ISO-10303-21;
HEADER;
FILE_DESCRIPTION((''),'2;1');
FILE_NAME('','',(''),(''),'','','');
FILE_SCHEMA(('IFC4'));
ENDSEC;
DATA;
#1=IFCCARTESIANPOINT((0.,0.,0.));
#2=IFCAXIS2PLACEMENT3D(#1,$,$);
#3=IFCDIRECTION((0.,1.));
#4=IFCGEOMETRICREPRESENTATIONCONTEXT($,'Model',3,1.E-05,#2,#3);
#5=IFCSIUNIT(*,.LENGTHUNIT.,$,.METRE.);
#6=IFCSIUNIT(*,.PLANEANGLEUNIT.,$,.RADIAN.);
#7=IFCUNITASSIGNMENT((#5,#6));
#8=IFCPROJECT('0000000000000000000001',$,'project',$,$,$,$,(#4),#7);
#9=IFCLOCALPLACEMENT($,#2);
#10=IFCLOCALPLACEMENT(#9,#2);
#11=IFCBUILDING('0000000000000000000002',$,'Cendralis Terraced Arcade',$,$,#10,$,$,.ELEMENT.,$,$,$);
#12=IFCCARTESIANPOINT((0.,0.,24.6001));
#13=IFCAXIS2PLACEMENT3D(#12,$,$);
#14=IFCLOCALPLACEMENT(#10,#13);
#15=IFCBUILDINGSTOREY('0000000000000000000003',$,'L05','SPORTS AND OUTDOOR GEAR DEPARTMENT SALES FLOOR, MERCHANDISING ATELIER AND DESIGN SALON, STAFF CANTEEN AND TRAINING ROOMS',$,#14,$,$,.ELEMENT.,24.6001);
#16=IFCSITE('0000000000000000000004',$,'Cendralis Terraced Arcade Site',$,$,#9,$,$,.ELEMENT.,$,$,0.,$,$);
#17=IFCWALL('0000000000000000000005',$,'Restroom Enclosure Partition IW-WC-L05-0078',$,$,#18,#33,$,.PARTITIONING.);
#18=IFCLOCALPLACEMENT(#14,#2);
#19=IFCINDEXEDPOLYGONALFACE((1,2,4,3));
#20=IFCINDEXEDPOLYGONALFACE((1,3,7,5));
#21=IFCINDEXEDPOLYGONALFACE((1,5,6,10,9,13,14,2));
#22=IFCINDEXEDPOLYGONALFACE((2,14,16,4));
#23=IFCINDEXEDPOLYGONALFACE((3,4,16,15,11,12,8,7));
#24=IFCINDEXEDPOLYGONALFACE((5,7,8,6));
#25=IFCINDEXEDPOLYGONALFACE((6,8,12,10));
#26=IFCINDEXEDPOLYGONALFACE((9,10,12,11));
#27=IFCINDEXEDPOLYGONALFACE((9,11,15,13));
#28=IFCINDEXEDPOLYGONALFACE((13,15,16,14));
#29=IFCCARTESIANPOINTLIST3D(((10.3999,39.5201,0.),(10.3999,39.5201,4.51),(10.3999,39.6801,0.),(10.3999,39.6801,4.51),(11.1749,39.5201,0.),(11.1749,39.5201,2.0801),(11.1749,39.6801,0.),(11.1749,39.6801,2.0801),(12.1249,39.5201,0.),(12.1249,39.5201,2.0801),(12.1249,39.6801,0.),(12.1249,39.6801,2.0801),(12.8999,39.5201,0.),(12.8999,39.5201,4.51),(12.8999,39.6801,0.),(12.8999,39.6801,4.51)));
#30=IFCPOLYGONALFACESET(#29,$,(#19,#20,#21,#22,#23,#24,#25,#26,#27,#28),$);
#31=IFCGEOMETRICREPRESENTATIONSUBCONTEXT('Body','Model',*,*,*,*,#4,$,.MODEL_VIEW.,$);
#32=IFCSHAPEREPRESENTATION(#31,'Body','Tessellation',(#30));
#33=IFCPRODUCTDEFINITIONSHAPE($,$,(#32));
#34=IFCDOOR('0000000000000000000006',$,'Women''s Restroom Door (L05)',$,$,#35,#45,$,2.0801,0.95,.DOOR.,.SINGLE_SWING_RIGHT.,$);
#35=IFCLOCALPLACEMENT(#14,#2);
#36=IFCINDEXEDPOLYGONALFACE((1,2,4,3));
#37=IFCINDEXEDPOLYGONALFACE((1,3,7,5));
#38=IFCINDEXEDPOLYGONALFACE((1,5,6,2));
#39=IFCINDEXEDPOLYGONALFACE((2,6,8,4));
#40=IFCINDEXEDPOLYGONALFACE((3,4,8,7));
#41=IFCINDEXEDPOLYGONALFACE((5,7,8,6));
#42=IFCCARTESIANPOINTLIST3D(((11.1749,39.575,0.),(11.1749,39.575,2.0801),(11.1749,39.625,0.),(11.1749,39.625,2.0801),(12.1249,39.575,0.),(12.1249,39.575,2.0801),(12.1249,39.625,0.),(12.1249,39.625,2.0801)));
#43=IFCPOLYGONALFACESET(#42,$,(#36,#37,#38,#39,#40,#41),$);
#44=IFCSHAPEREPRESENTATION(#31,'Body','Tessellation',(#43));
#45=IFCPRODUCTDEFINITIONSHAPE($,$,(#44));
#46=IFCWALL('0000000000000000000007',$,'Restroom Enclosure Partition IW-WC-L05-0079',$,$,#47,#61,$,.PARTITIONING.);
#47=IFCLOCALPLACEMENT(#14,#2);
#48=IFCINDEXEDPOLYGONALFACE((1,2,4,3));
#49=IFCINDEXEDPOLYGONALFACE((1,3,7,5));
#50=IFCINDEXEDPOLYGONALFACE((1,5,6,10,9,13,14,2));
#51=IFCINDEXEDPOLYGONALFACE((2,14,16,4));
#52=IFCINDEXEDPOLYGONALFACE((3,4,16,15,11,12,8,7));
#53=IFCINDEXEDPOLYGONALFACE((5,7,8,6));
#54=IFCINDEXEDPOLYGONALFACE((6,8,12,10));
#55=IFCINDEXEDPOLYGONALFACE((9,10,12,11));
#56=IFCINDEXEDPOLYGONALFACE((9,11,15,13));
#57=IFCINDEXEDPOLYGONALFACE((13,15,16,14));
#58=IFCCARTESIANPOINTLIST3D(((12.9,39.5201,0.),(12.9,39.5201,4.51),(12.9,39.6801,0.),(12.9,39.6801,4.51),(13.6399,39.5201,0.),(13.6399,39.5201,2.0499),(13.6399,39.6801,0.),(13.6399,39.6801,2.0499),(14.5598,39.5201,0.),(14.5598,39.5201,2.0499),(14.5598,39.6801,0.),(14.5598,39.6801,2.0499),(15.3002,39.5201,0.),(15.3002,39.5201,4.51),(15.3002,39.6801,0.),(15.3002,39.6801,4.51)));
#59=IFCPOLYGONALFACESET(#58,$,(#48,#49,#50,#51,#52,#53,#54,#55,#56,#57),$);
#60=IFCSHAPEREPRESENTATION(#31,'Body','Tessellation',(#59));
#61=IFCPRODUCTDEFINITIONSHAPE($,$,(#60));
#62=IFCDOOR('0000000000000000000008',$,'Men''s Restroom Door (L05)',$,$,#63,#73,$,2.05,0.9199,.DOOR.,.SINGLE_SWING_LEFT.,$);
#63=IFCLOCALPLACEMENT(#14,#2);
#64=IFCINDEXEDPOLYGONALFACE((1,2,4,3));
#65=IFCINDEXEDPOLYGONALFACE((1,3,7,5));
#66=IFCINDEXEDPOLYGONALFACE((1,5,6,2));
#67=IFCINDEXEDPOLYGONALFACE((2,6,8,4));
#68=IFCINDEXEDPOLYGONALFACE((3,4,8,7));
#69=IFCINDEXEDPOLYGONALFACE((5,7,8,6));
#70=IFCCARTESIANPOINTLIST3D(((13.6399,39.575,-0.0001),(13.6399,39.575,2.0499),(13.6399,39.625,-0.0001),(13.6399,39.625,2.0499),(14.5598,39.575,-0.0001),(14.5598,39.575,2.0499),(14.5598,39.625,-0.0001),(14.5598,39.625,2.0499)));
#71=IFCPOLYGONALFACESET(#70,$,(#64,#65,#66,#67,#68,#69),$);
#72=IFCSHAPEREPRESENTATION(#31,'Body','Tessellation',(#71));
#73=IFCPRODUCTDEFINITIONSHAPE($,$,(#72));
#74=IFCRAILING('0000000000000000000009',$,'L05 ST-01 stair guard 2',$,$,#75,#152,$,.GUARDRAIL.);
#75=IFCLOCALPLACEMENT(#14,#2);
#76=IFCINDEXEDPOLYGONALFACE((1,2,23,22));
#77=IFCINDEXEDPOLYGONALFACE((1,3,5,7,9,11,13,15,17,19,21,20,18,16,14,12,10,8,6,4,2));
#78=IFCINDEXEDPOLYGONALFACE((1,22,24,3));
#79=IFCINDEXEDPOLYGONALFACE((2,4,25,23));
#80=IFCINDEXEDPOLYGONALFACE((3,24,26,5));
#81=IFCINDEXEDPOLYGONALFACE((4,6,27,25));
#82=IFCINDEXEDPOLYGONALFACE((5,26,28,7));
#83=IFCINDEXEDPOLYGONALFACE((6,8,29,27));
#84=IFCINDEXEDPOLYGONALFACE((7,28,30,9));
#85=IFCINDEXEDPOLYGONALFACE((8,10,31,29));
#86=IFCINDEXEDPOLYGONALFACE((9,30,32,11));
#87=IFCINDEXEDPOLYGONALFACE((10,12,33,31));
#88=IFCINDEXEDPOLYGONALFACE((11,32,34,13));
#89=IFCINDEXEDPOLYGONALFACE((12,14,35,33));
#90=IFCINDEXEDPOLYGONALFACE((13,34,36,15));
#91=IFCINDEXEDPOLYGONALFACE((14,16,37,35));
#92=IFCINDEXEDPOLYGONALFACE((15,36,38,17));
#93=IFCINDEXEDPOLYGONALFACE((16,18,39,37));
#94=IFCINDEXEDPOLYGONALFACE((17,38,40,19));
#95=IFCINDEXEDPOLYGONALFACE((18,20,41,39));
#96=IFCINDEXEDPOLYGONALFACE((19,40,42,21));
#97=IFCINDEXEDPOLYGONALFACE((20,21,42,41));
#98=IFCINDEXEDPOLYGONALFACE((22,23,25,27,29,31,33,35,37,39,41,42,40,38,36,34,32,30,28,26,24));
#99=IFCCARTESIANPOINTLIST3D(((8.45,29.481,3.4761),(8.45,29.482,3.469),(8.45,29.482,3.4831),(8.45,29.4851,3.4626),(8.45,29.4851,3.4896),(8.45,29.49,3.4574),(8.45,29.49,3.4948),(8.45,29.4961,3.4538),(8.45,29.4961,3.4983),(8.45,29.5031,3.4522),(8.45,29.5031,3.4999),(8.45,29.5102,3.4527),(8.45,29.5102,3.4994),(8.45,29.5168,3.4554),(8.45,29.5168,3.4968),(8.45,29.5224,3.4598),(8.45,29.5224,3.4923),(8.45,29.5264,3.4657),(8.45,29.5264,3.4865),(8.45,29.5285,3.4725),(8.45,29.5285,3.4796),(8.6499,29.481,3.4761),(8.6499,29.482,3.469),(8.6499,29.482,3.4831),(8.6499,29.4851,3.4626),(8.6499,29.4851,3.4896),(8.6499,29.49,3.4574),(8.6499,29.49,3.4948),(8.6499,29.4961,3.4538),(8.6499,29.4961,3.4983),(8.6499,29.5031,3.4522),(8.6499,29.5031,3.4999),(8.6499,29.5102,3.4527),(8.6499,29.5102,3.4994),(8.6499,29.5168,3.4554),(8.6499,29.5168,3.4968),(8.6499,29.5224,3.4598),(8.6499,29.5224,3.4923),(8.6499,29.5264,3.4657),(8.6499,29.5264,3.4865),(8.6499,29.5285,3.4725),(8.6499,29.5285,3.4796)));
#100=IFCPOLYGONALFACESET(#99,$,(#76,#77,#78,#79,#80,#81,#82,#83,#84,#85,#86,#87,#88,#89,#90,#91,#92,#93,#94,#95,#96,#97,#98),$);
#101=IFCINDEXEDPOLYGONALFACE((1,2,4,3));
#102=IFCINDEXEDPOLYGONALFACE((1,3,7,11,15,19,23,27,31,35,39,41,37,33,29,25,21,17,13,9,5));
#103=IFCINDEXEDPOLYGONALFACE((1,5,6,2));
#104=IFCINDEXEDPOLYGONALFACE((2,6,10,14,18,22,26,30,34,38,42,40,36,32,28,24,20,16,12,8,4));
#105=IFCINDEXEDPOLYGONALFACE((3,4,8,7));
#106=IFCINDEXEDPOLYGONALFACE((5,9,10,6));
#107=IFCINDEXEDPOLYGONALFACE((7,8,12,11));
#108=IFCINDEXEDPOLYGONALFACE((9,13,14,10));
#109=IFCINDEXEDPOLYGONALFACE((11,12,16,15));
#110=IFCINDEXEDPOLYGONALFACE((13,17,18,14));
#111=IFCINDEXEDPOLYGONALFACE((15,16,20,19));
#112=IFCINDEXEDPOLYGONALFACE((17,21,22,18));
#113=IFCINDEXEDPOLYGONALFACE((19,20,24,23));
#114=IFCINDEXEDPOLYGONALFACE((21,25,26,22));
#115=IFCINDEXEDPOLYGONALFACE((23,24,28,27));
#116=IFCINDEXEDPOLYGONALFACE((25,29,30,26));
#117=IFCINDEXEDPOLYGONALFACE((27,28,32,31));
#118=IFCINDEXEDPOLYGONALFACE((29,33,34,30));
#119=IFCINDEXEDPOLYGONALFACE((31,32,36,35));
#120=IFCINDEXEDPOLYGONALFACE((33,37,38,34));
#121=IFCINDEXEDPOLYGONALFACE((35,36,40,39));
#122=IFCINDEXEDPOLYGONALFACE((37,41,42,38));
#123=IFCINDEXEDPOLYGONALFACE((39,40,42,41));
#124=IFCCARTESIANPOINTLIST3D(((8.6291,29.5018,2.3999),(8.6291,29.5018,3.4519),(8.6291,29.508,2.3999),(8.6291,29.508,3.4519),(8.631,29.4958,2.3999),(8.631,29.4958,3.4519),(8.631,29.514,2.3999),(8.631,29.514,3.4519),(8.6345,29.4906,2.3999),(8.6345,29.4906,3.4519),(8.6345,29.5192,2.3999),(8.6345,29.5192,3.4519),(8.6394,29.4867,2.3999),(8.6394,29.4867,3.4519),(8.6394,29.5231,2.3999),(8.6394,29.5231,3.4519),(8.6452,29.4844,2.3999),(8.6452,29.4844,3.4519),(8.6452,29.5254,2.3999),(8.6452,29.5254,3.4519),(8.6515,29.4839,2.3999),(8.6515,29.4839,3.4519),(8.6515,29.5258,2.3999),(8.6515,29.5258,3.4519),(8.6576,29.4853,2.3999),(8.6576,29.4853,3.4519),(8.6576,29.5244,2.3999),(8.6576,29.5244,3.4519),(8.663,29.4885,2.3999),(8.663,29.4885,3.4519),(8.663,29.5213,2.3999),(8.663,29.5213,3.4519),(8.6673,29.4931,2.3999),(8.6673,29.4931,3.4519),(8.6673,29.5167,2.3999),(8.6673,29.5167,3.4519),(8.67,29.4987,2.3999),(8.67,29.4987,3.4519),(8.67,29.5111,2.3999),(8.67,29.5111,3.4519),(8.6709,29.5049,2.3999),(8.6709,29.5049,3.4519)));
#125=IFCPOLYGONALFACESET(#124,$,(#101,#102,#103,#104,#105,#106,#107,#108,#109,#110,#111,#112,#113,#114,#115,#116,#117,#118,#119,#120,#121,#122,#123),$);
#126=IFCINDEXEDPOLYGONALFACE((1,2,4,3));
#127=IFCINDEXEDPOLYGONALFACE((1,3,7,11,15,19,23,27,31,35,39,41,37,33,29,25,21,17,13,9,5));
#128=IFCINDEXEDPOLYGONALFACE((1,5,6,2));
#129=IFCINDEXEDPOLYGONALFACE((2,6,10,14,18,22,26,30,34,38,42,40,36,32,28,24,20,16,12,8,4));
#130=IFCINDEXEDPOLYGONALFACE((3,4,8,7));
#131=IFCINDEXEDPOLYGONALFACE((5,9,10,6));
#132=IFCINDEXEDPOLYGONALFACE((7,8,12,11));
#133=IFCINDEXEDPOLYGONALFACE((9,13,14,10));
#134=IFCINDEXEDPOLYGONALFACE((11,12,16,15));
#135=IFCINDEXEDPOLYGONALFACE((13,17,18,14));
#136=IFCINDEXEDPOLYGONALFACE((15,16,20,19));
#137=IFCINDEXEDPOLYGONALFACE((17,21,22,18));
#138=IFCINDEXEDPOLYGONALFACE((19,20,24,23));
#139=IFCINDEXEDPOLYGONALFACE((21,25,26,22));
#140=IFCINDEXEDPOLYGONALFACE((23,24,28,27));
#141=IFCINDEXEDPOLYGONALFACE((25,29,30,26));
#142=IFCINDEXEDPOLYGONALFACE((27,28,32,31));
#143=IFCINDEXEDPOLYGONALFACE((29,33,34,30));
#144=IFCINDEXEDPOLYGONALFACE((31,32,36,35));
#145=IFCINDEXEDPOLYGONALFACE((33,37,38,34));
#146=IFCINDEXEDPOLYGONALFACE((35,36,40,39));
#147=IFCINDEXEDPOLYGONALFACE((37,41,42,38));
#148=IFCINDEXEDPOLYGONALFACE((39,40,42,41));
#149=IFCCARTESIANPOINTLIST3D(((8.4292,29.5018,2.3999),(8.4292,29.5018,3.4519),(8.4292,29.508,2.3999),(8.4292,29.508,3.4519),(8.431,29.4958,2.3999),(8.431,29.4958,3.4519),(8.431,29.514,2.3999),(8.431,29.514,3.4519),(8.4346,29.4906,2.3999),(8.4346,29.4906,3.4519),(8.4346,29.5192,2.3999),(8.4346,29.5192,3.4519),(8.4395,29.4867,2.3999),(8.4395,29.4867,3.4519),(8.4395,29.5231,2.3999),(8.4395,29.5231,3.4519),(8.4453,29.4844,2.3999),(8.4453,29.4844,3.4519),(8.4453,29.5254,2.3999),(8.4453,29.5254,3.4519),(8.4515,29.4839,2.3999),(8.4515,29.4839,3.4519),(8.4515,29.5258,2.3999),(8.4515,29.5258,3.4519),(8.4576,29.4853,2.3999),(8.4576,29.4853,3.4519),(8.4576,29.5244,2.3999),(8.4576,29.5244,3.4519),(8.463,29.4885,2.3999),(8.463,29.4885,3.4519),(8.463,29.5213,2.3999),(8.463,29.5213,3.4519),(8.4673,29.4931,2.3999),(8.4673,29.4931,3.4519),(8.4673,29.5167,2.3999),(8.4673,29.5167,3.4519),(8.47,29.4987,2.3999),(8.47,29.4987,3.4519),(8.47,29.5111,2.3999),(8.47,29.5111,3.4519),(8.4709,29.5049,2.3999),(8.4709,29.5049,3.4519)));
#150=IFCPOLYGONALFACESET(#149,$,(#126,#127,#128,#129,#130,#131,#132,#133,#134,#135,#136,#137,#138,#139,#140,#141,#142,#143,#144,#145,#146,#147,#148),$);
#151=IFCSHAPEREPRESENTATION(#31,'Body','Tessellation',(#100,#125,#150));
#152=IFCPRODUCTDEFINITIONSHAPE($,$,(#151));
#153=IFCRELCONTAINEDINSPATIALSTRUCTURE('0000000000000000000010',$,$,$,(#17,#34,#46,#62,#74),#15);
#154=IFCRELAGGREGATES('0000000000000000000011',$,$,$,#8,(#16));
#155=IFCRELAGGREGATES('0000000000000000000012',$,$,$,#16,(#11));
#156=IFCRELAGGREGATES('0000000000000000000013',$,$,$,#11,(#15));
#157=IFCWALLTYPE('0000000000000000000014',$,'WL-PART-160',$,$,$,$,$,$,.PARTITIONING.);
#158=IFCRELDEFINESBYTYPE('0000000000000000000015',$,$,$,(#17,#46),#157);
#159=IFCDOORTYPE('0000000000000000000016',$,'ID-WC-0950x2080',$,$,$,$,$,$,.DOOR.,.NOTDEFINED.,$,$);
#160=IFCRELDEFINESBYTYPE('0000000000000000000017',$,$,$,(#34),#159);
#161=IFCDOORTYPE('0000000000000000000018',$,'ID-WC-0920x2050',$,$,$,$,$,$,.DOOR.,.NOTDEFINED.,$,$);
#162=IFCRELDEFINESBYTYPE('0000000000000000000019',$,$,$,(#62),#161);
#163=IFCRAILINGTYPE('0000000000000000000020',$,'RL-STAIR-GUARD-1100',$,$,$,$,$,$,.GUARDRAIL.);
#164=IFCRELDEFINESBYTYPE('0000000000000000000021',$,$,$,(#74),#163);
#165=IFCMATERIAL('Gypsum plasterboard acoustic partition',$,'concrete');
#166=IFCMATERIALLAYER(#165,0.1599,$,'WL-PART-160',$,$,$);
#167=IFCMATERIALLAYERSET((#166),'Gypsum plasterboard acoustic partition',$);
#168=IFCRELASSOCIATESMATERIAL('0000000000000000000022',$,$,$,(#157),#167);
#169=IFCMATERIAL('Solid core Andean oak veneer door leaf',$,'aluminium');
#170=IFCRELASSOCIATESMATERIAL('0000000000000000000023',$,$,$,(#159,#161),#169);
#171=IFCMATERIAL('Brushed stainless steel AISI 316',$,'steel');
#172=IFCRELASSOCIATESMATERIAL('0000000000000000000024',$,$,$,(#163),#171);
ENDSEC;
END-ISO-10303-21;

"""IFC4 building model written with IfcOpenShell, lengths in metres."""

from ifc_helpers import new_model, si_unit, direction, frame, frame_2d, origin, origin_2d, place, context, subcontext, project, spatial, rectangle, circle, extrude, material, layer, layer_set, type_object, element, fill, save


model = new_model("IFC4")

# Units and contexts
model_context = context("Model", 3, precision=1e-05, world=origin(), true_north=direction((0.0, 1.0)))
body_context = subcontext(model_context, "Body", "Model", "MODEL_VIEW")
ifc_project = project(units=[si_unit("LENGTHUNIT", "METRE"), si_unit("PLANEANGLEUNIT", "RADIAN")], contexts=[model_context])

# Site, building, storey
site_placement = place(None, origin())
site = spatial("IfcSite", under=ifc_project, at=site_placement, Name="Cendralis Terraced Arcade Site", CompositionType="ELEMENT", RefElevation=0.0)
building_placement = place(site_placement, origin())
building = spatial("IfcBuilding", under=site, at=building_placement, Name="Cendralis Terraced Arcade", CompositionType="ELEMENT")
storey_placement = place(building_placement, frame((0.0, 0.0, 24.6001)))
storey = spatial("IfcBuildingStorey", under=building, at=storey_placement, Name="L05", Description="SPORTS AND OUTDOOR GEAR DEPARTMENT SALES FLOOR, MERCHANDISING ATELIER AND DESIGN SALON, STAFF CANTEEN AND TRAINING ROOMS", CompositionType="ELEMENT", Elevation=24.6001)

# Shared definitions
ifc_material_1 = material(Name="Gypsum plasterboard acoustic partition", Category="concrete")
ifc_layer_1 = layer(ifc_material_1, 0.1599, Name="WL-PART-160")
ifc_layer_set_1 = layer_set([ifc_layer_1], Name="Gypsum plasterboard acoustic partition")
wall_type_1 = type_object("IfcWallType", Name="WL-PART-160", PredefinedType="PARTITIONING", material=ifc_layer_set_1)

# Walls, openings, doors
wall_1_placement = place(storey_placement, frame((10.3999, 39.6001, 0.0), z_axis=(0.0, 0.0, 1.0), x_axis=(1.0, 0.0, 0.0)))
wall_1 = element("IfcWall", 1, at=wall_1_placement, inside=storey, type_object=wall_type_1, Name="Restroom Enclosure Partition IW-WC-L05-0078", PredefinedType="PARTITIONING", context=body_context, shape_type="SweptSolid", body=[
    extrude(rectangle(XDim=2.5, YDim=0.1599, at=frame_2d((1.25, 0.0))), origin(), (0.0, 0.0, 1.0), 4.51),
])
opening_1_placement = place(wall_1_placement, frame((0.7749, 0.0, 0.0)))
opening_1 = element("IfcOpeningElement", 2, at=opening_1_placement, cuts=wall_1, PredefinedType="OPENING", context=body_context, shape_type="SweptSolid", body=[
    extrude(rectangle(XDim=0.95, YDim=2.0801, at=frame_2d((0.4751, 1.04))), frame((0.0, 0.0918, 0.0), z_axis=(0.0, -1.0, 0.0), x_axis=(1.0, 0.0, 0.0)), (0.0, 0.0, 1.0), 0.1838),
])
ifc_material_2 = material(Name="Solid core Andean oak veneer door leaf", Category="aluminium")
door_type_1 = type_object("IfcDoorType", Name="ID-WC-0950x2080", OperationType="NOTDEFINED", PredefinedType="DOOR", material=ifc_material_2)
door_1_placement = place(opening_1_placement, origin())
door_1 = element("IfcDoor", 3, at=door_1_placement, inside=storey, type_object=door_type_1, Name="Women's Restroom Door (L05)", OperationType="SINGLE_SWING_RIGHT", OverallHeight=2.0801, OverallWidth=0.95, PredefinedType="DOOR", context=body_context, shape_type="SweptSolid", body=[
    extrude(rectangle(XDim=0.95, YDim=2.0801, at=frame_2d((0.4751, 1.04))), frame((0.0, 0.0249, 0.0), z_axis=(0.0, -1.0, 0.0), x_axis=(1.0, 0.0, 0.0)), (0.0, 0.0, 1.0), 0.05),
])
fill(opening_1, door_1)
wall_2_placement = place(storey_placement, frame((12.8999, 39.6001, 0.0), z_axis=(0.0, 0.0, 1.0), x_axis=(1.0, 0.0, 0.0)))
wall_2 = element("IfcWall", 4, at=wall_2_placement, inside=storey, type_object=wall_type_1, Name="Restroom Enclosure Partition IW-WC-L05-0079", PredefinedType="PARTITIONING", context=body_context, shape_type="SweptSolid", body=[
    extrude(rectangle(XDim=2.4001, YDim=0.1599, at=frame_2d((1.2002, 0.0))), origin(), (0.0, 0.0, 1.0), 4.51),
])
opening_2_placement = place(wall_2_placement, frame((0.74, 0.0, 0.0)))
opening_2 = element("IfcOpeningElement", 5, at=opening_2_placement, cuts=wall_2, PredefinedType="OPENING", context=body_context, shape_type="SweptSolid", body=[
    extrude(rectangle(XDim=0.9199, YDim=2.05, at=frame_2d((0.46, 1.0249))), frame((0.0, 0.0918, 0.0), z_axis=(0.0, -1.0, 0.0), x_axis=(1.0, 0.0, 0.0)), (0.0, 0.0, 1.0), 0.1838),
])
door_type_2 = type_object("IfcDoorType", Name="ID-WC-0920x2050", OperationType="NOTDEFINED", PredefinedType="DOOR", material=ifc_material_2)
door_2_placement = place(opening_2_placement, origin())
door_2 = element("IfcDoor", 6, at=door_2_placement, inside=storey, type_object=door_type_2, Name="Men's Restroom Door (L05)", OperationType="SINGLE_SWING_LEFT", OverallHeight=2.05, OverallWidth=0.9199, PredefinedType="DOOR", context=body_context, shape_type="SweptSolid", body=[
    extrude(rectangle(XDim=0.9199, YDim=2.05, at=frame_2d((0.46, 1.0249))), frame((0.0, 0.0249, 0.0), z_axis=(0.0, -1.0, 0.0), x_axis=(1.0, 0.0, 0.0)), (0.0, 0.0, 1.0), 0.05),
])
fill(opening_2, door_2)

# Railing
ifc_material_3 = material(Name="Brushed stainless steel AISI 316", Category="steel")
railing_type_1 = type_object("IfcRailingType", Name="RL-STAIR-GUARD-1100", PredefinedType="GUARDRAIL", material=ifc_material_3)
railing_1_placement = place(storey_placement, frame((8.6499, 29.5049, 2.3999)))
element("IfcRailing", 7, at=railing_1_placement, inside=storey, type_object=railing_type_1, Name="L05 ST-01 stair guard 2", PredefinedType="GUARDRAIL", context=body_context, shape_type="SweptSolid", body=[
    extrude(circle(Radius=0.0239, at=origin_2d()), frame((0.0, 0.0, 1.0762), z_axis=(-1.0, 0.0, 0.0), x_axis=(0.0, -1.0, 0.0)), (0.0, 0.0, 1.0), 0.2),
    extrude(circle(Radius=0.021, at=origin_2d()), origin(), (0.0, 0.0, 1.0), 1.052),
    extrude(circle(Radius=0.021, at=origin_2d()), frame((-0.2, 0.0, 0.0)), (0.0, 0.0, 1.0), 1.052),
])

save(model, "model.ifc")
